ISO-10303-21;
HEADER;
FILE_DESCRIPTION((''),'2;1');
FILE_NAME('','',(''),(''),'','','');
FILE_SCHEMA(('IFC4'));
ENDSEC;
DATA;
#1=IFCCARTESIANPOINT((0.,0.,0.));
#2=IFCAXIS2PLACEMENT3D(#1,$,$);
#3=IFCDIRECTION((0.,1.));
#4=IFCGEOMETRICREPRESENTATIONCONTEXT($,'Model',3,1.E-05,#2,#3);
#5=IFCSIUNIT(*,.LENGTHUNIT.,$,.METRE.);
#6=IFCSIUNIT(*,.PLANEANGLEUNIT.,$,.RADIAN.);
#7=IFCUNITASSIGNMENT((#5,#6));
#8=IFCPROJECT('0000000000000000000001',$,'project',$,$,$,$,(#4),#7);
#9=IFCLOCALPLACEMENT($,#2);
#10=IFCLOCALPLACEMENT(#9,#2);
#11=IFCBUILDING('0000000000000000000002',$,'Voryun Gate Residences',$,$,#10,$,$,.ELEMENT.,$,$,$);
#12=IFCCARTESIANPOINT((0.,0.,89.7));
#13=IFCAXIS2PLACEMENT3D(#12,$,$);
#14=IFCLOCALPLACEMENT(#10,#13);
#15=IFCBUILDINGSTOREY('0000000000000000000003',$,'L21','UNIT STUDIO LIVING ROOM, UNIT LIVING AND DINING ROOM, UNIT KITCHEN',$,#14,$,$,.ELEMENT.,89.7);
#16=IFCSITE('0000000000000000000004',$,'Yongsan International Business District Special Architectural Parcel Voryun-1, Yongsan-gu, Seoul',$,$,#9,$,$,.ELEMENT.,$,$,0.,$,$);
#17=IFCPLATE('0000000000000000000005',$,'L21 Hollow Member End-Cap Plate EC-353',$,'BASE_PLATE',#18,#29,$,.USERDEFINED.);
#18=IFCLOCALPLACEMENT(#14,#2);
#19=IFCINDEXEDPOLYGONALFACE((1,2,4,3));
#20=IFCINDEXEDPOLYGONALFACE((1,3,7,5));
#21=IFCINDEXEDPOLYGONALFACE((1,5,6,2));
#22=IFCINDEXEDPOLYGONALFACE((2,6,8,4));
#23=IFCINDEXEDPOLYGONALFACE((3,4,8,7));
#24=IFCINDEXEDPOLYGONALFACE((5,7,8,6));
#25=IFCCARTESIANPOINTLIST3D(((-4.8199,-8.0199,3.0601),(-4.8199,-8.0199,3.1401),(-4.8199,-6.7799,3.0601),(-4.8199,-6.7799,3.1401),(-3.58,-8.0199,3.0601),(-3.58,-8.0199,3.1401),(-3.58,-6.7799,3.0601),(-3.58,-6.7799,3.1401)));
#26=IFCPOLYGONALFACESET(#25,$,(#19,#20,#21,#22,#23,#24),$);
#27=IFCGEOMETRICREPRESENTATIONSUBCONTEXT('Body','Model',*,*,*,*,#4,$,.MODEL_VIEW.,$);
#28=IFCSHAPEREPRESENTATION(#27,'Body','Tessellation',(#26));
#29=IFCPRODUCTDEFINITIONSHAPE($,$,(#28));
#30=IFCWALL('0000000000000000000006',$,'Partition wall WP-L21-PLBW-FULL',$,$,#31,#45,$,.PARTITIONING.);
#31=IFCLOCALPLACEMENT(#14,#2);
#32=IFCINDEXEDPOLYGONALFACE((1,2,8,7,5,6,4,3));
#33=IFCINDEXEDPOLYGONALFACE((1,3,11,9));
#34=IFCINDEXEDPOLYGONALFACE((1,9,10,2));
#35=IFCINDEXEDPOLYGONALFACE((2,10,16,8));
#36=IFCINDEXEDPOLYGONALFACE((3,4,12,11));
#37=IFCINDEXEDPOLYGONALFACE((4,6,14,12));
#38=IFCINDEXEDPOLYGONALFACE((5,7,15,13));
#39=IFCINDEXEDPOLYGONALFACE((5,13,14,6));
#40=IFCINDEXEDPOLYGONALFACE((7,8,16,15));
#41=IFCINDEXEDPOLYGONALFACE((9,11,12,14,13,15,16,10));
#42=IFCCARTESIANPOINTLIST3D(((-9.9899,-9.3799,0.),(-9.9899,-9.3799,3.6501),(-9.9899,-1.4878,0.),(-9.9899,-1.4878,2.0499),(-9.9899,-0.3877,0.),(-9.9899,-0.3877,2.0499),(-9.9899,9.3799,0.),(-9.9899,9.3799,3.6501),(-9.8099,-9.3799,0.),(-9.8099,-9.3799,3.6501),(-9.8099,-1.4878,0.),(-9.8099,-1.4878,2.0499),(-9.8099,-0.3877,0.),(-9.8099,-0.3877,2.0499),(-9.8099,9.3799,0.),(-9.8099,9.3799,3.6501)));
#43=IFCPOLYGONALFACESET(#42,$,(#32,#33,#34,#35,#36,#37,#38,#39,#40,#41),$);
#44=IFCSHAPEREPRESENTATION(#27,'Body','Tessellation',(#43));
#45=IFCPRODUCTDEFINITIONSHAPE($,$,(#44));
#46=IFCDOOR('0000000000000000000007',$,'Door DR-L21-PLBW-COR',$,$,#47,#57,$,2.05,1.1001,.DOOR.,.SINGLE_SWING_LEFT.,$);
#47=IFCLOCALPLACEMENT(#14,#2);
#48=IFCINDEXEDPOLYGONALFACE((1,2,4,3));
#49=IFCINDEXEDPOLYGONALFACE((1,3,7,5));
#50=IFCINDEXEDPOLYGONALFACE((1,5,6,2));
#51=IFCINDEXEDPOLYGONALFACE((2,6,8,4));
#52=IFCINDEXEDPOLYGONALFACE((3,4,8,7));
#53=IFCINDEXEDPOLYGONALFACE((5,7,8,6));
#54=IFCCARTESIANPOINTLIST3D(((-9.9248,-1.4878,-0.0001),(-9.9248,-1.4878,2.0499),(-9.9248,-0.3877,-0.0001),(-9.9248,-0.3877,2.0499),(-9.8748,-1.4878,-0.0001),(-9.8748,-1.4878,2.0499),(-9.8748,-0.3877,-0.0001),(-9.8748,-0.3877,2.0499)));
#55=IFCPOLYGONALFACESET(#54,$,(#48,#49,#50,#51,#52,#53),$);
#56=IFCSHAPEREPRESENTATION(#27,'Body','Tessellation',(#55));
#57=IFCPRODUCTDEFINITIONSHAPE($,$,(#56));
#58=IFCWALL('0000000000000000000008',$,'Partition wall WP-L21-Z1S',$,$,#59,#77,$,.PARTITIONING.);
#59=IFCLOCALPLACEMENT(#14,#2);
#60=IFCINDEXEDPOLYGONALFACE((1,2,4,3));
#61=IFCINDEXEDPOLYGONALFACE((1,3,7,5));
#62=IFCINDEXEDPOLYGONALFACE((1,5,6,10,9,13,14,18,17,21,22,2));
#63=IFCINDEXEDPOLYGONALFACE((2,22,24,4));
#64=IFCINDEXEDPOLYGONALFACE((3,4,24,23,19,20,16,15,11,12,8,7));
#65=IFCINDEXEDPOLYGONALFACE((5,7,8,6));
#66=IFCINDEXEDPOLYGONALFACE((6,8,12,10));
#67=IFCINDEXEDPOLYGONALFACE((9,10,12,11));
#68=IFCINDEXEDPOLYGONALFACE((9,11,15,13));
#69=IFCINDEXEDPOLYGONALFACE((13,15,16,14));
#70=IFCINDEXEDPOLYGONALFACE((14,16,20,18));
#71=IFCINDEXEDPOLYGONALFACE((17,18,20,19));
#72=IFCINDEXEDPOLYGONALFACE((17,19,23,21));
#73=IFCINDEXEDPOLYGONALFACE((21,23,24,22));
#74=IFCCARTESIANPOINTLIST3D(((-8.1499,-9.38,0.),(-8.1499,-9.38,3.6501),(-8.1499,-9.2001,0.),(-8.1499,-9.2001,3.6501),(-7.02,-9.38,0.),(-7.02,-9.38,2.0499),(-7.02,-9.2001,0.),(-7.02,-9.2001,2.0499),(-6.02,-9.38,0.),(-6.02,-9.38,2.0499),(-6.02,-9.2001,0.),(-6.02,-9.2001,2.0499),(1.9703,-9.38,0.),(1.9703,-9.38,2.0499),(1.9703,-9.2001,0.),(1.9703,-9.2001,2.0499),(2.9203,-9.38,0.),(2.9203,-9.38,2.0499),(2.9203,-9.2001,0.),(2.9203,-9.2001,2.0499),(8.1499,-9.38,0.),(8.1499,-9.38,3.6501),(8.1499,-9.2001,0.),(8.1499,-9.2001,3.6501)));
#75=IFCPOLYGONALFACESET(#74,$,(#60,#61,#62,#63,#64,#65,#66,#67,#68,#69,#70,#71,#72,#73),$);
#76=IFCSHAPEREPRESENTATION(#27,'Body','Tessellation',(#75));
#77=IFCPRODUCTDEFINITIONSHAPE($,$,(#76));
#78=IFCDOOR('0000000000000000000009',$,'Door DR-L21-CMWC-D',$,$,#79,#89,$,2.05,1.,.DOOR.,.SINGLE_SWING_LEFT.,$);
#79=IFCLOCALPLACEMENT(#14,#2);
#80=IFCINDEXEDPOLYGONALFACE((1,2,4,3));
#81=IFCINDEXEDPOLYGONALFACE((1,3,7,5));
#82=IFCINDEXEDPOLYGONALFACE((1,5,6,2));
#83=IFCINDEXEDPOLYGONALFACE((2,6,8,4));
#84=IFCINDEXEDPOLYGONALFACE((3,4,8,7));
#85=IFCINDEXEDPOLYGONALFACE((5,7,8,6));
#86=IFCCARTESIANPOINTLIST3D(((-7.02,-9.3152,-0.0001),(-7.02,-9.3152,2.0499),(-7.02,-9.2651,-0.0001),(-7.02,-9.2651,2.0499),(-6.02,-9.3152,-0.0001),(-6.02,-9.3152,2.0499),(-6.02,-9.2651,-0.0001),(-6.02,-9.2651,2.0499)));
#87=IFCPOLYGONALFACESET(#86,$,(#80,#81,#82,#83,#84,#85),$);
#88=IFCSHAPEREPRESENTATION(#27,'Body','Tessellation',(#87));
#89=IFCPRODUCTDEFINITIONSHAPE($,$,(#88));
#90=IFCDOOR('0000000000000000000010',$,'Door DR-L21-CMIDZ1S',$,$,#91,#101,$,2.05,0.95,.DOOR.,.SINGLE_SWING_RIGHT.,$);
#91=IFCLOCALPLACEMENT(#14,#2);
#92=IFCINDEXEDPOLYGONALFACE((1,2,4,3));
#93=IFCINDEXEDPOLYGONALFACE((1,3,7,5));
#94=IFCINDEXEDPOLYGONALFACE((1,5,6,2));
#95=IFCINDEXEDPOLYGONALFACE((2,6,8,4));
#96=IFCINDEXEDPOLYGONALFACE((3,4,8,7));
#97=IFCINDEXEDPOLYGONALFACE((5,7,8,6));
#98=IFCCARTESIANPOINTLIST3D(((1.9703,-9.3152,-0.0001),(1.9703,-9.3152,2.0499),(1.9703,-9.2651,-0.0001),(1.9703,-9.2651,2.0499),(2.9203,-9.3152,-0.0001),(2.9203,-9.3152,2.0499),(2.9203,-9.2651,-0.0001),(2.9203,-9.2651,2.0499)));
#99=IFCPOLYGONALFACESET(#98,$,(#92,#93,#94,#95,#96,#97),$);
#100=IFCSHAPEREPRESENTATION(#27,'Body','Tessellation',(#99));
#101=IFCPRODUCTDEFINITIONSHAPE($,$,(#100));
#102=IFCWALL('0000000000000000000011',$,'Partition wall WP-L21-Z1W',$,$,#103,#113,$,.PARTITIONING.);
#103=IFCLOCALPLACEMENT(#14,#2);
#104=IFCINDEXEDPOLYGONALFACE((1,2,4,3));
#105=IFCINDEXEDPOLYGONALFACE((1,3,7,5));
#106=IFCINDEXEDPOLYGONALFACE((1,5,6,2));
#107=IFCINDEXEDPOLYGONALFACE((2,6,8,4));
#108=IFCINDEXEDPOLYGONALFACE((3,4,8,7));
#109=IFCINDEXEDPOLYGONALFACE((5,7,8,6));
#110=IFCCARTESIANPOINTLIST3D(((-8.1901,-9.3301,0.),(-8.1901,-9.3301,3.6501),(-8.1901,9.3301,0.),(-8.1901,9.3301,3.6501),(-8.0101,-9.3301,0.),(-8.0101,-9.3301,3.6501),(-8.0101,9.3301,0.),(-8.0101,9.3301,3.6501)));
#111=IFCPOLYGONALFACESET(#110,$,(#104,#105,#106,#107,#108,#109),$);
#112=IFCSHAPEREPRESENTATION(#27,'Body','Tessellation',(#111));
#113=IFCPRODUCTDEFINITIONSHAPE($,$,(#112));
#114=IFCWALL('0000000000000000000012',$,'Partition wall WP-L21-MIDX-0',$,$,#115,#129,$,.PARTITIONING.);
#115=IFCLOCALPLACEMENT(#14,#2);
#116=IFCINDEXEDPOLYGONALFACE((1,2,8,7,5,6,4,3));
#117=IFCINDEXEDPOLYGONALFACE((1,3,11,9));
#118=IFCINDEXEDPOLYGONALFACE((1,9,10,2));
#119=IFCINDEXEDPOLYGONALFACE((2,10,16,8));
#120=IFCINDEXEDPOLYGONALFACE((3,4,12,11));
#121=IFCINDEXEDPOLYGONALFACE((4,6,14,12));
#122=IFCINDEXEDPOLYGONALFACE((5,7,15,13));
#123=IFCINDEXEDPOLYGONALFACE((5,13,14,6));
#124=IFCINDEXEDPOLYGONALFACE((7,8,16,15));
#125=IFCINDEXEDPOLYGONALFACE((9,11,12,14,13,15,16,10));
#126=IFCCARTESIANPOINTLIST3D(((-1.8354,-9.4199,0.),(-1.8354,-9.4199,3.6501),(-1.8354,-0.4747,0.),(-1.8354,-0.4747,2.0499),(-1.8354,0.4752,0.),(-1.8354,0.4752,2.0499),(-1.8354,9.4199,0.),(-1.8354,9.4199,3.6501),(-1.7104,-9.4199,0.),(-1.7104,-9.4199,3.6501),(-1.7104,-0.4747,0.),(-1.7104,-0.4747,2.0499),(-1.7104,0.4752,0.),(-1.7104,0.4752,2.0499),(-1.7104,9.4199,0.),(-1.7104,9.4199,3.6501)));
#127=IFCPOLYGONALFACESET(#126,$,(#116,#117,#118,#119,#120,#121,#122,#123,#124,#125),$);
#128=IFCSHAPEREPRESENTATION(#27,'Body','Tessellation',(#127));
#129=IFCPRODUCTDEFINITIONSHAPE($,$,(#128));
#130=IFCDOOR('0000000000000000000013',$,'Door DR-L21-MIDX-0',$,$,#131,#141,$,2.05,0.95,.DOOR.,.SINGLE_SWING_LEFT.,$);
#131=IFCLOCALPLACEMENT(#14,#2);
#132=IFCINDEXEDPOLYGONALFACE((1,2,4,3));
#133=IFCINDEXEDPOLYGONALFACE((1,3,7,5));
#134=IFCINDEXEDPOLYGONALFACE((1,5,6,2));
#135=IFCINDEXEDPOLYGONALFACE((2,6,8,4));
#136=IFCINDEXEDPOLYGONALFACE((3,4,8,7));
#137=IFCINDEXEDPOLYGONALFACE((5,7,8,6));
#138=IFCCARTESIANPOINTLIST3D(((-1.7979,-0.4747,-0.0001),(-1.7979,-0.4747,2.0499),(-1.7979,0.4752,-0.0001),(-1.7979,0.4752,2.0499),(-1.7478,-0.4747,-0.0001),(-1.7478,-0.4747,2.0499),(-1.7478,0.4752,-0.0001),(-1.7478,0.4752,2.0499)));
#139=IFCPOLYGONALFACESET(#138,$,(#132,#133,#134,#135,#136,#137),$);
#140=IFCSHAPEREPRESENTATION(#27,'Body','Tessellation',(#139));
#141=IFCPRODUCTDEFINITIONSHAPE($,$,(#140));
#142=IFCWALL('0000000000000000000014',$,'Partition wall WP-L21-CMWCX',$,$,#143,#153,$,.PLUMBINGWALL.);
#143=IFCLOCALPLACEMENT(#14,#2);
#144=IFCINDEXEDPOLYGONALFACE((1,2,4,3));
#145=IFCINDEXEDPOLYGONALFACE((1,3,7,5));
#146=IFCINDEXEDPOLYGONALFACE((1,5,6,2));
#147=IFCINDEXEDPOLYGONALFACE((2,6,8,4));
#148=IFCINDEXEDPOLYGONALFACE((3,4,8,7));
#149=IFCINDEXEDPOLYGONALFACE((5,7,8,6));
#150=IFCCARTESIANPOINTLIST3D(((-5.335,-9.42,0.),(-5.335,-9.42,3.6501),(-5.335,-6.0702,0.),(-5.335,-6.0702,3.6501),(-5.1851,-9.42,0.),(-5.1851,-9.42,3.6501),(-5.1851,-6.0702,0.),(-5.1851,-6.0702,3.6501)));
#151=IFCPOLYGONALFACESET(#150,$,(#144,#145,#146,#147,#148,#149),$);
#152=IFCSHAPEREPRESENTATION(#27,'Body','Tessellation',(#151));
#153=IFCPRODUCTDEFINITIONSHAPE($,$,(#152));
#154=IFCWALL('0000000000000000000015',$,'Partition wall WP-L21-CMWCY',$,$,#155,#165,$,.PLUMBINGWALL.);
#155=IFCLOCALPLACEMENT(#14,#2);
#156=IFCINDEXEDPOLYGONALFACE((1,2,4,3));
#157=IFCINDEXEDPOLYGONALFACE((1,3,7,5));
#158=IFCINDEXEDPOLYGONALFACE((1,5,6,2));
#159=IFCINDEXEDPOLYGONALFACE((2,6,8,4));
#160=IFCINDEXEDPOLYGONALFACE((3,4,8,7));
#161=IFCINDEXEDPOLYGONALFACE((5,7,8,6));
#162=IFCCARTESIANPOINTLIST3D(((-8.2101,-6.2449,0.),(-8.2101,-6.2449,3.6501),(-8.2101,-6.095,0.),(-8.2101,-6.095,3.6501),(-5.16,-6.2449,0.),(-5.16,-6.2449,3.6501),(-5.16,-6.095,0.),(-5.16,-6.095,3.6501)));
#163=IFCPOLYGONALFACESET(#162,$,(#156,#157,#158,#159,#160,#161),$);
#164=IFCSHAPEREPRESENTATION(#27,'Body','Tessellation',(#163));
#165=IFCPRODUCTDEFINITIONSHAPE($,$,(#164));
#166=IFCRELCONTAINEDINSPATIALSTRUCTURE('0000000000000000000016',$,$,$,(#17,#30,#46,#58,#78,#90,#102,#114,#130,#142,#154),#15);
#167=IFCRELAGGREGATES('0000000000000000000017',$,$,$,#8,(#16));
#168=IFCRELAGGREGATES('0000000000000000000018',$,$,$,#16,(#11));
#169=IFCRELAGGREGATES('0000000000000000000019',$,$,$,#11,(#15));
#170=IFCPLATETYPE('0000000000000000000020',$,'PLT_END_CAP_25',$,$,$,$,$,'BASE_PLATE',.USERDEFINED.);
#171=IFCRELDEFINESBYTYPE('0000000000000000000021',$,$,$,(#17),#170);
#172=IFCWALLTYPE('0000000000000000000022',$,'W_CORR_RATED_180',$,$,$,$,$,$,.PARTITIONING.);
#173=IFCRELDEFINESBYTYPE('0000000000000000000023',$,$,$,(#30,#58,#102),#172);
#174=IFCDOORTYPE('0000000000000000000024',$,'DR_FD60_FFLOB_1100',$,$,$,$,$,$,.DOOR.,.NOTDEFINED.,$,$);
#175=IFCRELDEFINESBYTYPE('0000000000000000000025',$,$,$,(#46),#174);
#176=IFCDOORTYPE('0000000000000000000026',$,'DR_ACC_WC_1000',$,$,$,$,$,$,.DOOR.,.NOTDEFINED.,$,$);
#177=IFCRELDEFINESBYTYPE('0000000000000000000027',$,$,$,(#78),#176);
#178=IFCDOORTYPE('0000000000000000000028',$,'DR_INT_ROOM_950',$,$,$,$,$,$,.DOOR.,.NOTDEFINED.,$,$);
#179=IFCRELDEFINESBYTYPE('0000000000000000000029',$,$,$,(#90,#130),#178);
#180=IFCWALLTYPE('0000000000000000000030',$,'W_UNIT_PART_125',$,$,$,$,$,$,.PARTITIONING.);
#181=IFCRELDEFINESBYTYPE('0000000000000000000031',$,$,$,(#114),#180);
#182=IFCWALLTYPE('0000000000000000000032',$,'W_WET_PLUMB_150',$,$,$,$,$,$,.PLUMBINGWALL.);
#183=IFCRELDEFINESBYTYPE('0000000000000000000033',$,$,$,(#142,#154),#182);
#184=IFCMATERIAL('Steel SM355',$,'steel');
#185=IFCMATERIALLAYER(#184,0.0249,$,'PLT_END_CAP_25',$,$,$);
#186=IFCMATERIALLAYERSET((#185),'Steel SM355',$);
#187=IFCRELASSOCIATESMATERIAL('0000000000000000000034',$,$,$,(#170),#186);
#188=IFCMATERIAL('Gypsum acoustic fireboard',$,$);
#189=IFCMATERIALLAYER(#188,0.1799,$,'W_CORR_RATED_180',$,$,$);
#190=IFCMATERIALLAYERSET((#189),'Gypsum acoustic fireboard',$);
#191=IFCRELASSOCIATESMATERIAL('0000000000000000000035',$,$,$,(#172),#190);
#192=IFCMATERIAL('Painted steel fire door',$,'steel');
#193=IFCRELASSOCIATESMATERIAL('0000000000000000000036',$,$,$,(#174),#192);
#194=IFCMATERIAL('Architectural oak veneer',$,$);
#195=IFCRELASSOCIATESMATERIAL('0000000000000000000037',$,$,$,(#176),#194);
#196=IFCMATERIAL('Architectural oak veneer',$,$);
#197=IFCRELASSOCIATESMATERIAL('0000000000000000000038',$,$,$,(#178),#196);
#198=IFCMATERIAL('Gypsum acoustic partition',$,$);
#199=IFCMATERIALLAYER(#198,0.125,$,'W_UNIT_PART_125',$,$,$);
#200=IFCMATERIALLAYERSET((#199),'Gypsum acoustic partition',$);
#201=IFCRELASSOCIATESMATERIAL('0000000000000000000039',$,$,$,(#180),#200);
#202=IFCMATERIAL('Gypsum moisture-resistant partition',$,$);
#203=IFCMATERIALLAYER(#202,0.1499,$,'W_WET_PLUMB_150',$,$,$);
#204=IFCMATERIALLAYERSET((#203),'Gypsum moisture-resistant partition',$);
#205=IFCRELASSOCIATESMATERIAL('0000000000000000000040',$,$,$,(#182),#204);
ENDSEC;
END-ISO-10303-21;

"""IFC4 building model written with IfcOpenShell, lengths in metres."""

from ifc_helpers import new_model, si_unit, direction, frame, frame_2d, origin, origin_2d, place, context, subcontext, project, spatial, rectangle, extrude, material, layer, layer_set, type_object, element, fill, save


model = new_model("IFC4")

# Units and contexts
model_context = context("Model", 3, precision=1e-05, world=origin(), true_north=direction((0.0, 1.0)))
body_context = subcontext(model_context, "Body", "Model", "MODEL_VIEW")
ifc_project = project(units=[si_unit("LENGTHUNIT", "METRE"), si_unit("PLANEANGLEUNIT", "RADIAN")], contexts=[model_context])

# Site, building, storey
site_placement = place(None, origin())
site = spatial("IfcSite", under=ifc_project, at=site_placement, Name="Yongsan International Business District Special Architectural Parcel Voryun-1, Yongsan-gu, Seoul", CompositionType="ELEMENT", RefElevation=0.0)
building_placement = place(site_placement, origin())
building = spatial("IfcBuilding", under=site, at=building_placement, Name="Voryun Gate Residences", CompositionType="ELEMENT")
storey_placement = place(building_placement, frame((0.0, 0.0, 89.7)))
storey = spatial("IfcBuildingStorey", under=building, at=storey_placement, Name="L21", Description="UNIT STUDIO LIVING ROOM, UNIT LIVING AND DINING ROOM, UNIT KITCHEN", CompositionType="ELEMENT", Elevation=89.7)

# Plate
ifc_material_1 = material(Name="Steel SM355", Category="steel")
ifc_layer_1 = layer(ifc_material_1, 0.0249, Name="PLT_END_CAP_25")
ifc_layer_set_1 = layer_set([ifc_layer_1], Name="Steel SM355")
plate_type = type_object("IfcPlateType", Name="PLT_END_CAP_25", ElementType="BASE_PLATE", PredefinedType="USERDEFINED", material=ifc_layer_set_1)
plate_placement = place(storey_placement, frame((-4.2, -7.3999, 3.0601), z_axis=(0.0, 0.0, 1.0), x_axis=(1.0, 0.0, 0.0)))
element("IfcPlate", 1, at=plate_placement, inside=storey, type_object=plate_type, Name="L21 Hollow Member End-Cap Plate EC-353", ObjectType="BASE_PLATE", PredefinedType="USERDEFINED", context=body_context, shape_type="SweptSolid", body=[
    extrude(rectangle(XDim=1.24, YDim=1.24, at=origin_2d()), origin(), (0.0, 0.0, 1.0), 0.0801),
])

# Wall, opening, door
ifc_material_2 = material(Name="Gypsum acoustic fireboard")
ifc_layer_2 = layer(ifc_material_2, 0.1799, Name="W_CORR_RATED_180")
ifc_layer_set_2 = layer_set([ifc_layer_2], Name="Gypsum acoustic fireboard")
wall_type_1 = type_object("IfcWallType", Name="W_CORR_RATED_180", PredefinedType="PARTITIONING", material=ifc_layer_set_2)
wall_1_placement = place(storey_placement, frame((-9.8999, -9.3799, 0.0), z_axis=(0.0, 0.0, 1.0), x_axis=(0.0, 1.0, 0.0)))
wall_1 = element("IfcWall", 2, at=wall_1_placement, inside=storey, type_object=wall_type_1, Name="Partition wall WP-L21-PLBW-FULL", PredefinedType="PARTITIONING", context=body_context, shape_type="SweptSolid", body=[
    extrude(rectangle(XDim=18.7598, YDim=0.1799, at=frame_2d((9.3799, 0.0))), origin(), (0.0, 0.0, 1.0), 3.6501),
])
opening_1_placement = place(wall_1_placement, frame((7.8921, 0.0, 0.0)))
opening_1 = element("IfcOpeningElement", 3, at=opening_1_placement, cuts=wall_1, PredefinedType="OPENING", context=body_context, shape_type="SweptSolid", body=[
    extrude(rectangle(XDim=1.1001, YDim=2.05, at=frame_2d((0.55, 1.0249))), frame((0.0, 0.0999, 0.0), z_axis=(0.0, -1.0, 0.0), x_axis=(1.0, 0.0, 0.0)), (0.0, 0.0, 1.0), 0.2),
])
ifc_material_3 = material(Name="Painted steel fire door", Category="steel")
door_type_1 = type_object("IfcDoorType", Name="DR_FD60_FFLOB_1100", OperationType="NOTDEFINED", PredefinedType="DOOR", material=ifc_material_3)
door_1_placement = place(opening_1_placement, origin())
door_1 = element("IfcDoor", 4, at=door_1_placement, inside=storey, type_object=door_type_1, Name="Door DR-L21-PLBW-COR", OperationType="SINGLE_SWING_LEFT", OverallHeight=2.05, OverallWidth=1.1001, PredefinedType="DOOR", context=body_context, shape_type="SweptSolid", body=[
    extrude(rectangle(XDim=1.1001, YDim=2.05, at=frame_2d((0.55, 1.0249))), frame((0.0, 0.0249, 0.0), z_axis=(0.0, -1.0, 0.0), x_axis=(1.0, 0.0, 0.0)), (0.0, 0.0, 1.0), 0.05),
])
fill(opening_1, door_1)

# Wall, openings, doors
wall_2_placement = place(storey_placement, frame((-8.1499, -9.29, 0.0), z_axis=(0.0, 0.0, 1.0), x_axis=(1.0, 0.0, 0.0)))
wall_2 = element("IfcWall", 5, at=wall_2_placement, inside=storey, type_object=wall_type_1, Name="Partition wall WP-L21-Z1S", PredefinedType="PARTITIONING", context=body_context, shape_type="SweptSolid", body=[
    extrude(rectangle(XDim=16.2998, YDim=0.1799, at=frame_2d((8.1499, 0.0))), origin(), (0.0, 0.0, 1.0), 3.6501),
])
opening_2_placement = place(wall_2_placement, frame((1.1299, 0.0, 0.0)))
opening_2 = element("IfcOpeningElement", 6, at=opening_2_placement, cuts=wall_2, PredefinedType="OPENING", context=body_context, shape_type="SweptSolid", body=[
    extrude(rectangle(XDim=1.0, YDim=2.05, at=frame_2d((0.5, 1.0249))), frame((0.0, 0.0999, 0.0), z_axis=(0.0, -1.0, 0.0), x_axis=(1.0, 0.0, 0.0)), (0.0, 0.0, 1.0), 0.2),
])
opening_3_placement = place(wall_2_placement, frame((10.1201, 0.0, 0.0)))
opening_3 = element("IfcOpeningElement", 7, at=opening_3_placement, cuts=wall_2, PredefinedType="OPENING", context=body_context, shape_type="SweptSolid", body=[
    extrude(rectangle(XDim=0.95, YDim=2.05, at=frame_2d((0.4751, 1.0249))), frame((0.0, 0.0999, 0.0), z_axis=(0.0, -1.0, 0.0), x_axis=(1.0, 0.0, 0.0)), (0.0, 0.0, 1.0), 0.2),
])
ifc_material_4 = material(Name="Architectural oak veneer")
door_type_2 = type_object("IfcDoorType", Name="DR_ACC_WC_1000", OperationType="NOTDEFINED", PredefinedType="DOOR", material=ifc_material_4)
door_2_placement = place(opening_2_placement, origin())
door_2 = element("IfcDoor", 8, at=door_2_placement, inside=storey, type_object=door_type_2, Name="Door DR-L21-CMWC-D", OperationType="SINGLE_SWING_LEFT", OverallHeight=2.05, OverallWidth=1.0, PredefinedType="DOOR", context=body_context, shape_type="SweptSolid", body=[
    extrude(rectangle(XDim=1.0, YDim=2.05, at=frame_2d((0.5, 1.0249))), frame((0.0, 0.0249, 0.0), z_axis=(0.0, -1.0, 0.0), x_axis=(1.0, 0.0, 0.0)), (0.0, 0.0, 1.0), 0.05),
])
fill(opening_2, door_2)
ifc_material_5 = material(Name="Architectural oak veneer")
door_type_3 = type_object("IfcDoorType", Name="DR_INT_ROOM_950", OperationType="NOTDEFINED", PredefinedType="DOOR", material=ifc_material_5)
door_3_placement = place(opening_3_placement, origin())
door_3 = element("IfcDoor", 9, at=door_3_placement, inside=storey, type_object=door_type_3, Name="Door DR-L21-CMIDZ1S", OperationType="SINGLE_SWING_RIGHT", OverallHeight=2.05, OverallWidth=0.95, PredefinedType="DOOR", context=body_context, shape_type="SweptSolid", body=[
    extrude(rectangle(XDim=0.95, YDim=2.05, at=frame_2d((0.4751, 1.0249))), frame((0.0, 0.0249, 0.0), z_axis=(0.0, -1.0, 0.0), x_axis=(1.0, 0.0, 0.0)), (0.0, 0.0, 1.0), 0.05),
])
fill(opening_3, door_3)

# Wall
wall_3_placement = place(storey_placement, frame((-8.1001, -9.3301, 0.0), z_axis=(0.0, 0.0, 1.0), x_axis=(0.0, 1.0, 0.0)))
element("IfcWall", 10, at=wall_3_placement, inside=storey, type_object=wall_type_1, Name="Partition wall WP-L21-Z1W", PredefinedType="PARTITIONING", context=body_context, shape_type="SweptSolid", body=[
    extrude(rectangle(XDim=18.6602, YDim=0.1799, at=frame_2d((9.3301, 0.0))), origin(), (0.0, 0.0, 1.0), 3.6501),
])

# Wall, opening, door
ifc_material_6 = material(Name="Gypsum acoustic partition")
ifc_layer_3 = layer(ifc_material_6, 0.125, Name="W_UNIT_PART_125")
ifc_layer_set_3 = layer_set([ifc_layer_3], Name="Gypsum acoustic partition")
wall_type_2 = type_object("IfcWallType", Name="W_UNIT_PART_125", PredefinedType="PARTITIONING", material=ifc_layer_set_3)
wall_4_placement = place(storey_placement, frame((-1.7729, -9.4199, 0.0), z_axis=(0.0, 0.0, 1.0), x_axis=(0.0, 1.0, 0.0)))
wall_4 = element("IfcWall", 11, at=wall_4_placement, inside=storey, type_object=wall_type_2, Name="Partition wall WP-L21-MIDX-0", PredefinedType="PARTITIONING", context=body_context, shape_type="SweptSolid", body=[
    extrude(rectangle(XDim=18.8398, YDim=0.125, at=frame_2d((9.4199, 0.0))), origin(), (0.0, 0.0, 1.0), 3.6501),
])
opening_4_placement = place(wall_4_placement, frame((8.9451, 0.0, 0.0)))
opening_4 = element("IfcOpeningElement", 12, at=opening_4_placement, cuts=wall_4, PredefinedType="OPENING", context=body_context, shape_type="SweptSolid", body=[
    extrude(rectangle(XDim=0.95, YDim=2.05, at=frame_2d((0.4751, 1.0249))), frame((0.0, 0.0725, 0.0), z_axis=(0.0, -1.0, 0.0), x_axis=(1.0, 0.0, 0.0)), (0.0, 0.0, 1.0), 0.145),
])
door_4_placement = place(opening_4_placement, origin())
door_4 = element("IfcDoor", 13, at=door_4_placement, inside=storey, type_object=door_type_3, Name="Door DR-L21-MIDX-0", OperationType="SINGLE_SWING_LEFT", OverallHeight=2.05, OverallWidth=0.95, PredefinedType="DOOR", context=body_context, shape_type="SweptSolid", body=[
    extrude(rectangle(XDim=0.95, YDim=2.05, at=frame_2d((0.4751, 1.0249))), frame((0.0, 0.0249, 0.0), z_axis=(0.0, -1.0, 0.0), x_axis=(1.0, 0.0, 0.0)), (0.0, 0.0, 1.0), 0.05),
])
fill(opening_4, door_4)

# Walls
ifc_material_7 = material(Name="Gypsum moisture-resistant partition")
ifc_layer_4 = layer(ifc_material_7, 0.1499, Name="W_WET_PLUMB_150")
ifc_layer_set_4 = layer_set([ifc_layer_4], Name="Gypsum moisture-resistant partition")
wall_type_3 = type_object("IfcWallType", Name="W_WET_PLUMB_150", PredefinedType="PLUMBINGWALL", material=ifc_layer_set_4)
wall_5_placement = place(storey_placement, frame((-5.26, -9.4199, 0.0), z_axis=(0.0, 0.0, 1.0), x_axis=(0.0, 1.0, 0.0)))
element("IfcWall", 14, at=wall_5_placement, inside=storey, type_object=wall_type_3, Name="Partition wall WP-L21-CMWCX", PredefinedType="PLUMBINGWALL", context=body_context, shape_type="SweptSolid", body=[
    extrude(rectangle(XDim=3.3499, YDim=0.1499, at=frame_2d((1.6748, 0.0))), origin(), (0.0, 0.0, 1.0), 3.6501),
])
wall_6_placement = place(storey_placement, frame((-8.21, -6.1699, 0.0), z_axis=(0.0, 0.0, 1.0), x_axis=(1.0, 0.0, 0.0)))
element("IfcWall", 15, at=wall_6_placement, inside=storey, type_object=wall_type_3, Name="Partition wall WP-L21-CMWCY", PredefinedType="PLUMBINGWALL", context=body_context, shape_type="SweptSolid", body=[
    extrude(rectangle(XDim=3.05, YDim=0.1499, at=frame_2d((1.5249, 0.0))), origin(), (0.0, 0.0, 1.0), 3.6501),
])

save(model, "model.ifc")
